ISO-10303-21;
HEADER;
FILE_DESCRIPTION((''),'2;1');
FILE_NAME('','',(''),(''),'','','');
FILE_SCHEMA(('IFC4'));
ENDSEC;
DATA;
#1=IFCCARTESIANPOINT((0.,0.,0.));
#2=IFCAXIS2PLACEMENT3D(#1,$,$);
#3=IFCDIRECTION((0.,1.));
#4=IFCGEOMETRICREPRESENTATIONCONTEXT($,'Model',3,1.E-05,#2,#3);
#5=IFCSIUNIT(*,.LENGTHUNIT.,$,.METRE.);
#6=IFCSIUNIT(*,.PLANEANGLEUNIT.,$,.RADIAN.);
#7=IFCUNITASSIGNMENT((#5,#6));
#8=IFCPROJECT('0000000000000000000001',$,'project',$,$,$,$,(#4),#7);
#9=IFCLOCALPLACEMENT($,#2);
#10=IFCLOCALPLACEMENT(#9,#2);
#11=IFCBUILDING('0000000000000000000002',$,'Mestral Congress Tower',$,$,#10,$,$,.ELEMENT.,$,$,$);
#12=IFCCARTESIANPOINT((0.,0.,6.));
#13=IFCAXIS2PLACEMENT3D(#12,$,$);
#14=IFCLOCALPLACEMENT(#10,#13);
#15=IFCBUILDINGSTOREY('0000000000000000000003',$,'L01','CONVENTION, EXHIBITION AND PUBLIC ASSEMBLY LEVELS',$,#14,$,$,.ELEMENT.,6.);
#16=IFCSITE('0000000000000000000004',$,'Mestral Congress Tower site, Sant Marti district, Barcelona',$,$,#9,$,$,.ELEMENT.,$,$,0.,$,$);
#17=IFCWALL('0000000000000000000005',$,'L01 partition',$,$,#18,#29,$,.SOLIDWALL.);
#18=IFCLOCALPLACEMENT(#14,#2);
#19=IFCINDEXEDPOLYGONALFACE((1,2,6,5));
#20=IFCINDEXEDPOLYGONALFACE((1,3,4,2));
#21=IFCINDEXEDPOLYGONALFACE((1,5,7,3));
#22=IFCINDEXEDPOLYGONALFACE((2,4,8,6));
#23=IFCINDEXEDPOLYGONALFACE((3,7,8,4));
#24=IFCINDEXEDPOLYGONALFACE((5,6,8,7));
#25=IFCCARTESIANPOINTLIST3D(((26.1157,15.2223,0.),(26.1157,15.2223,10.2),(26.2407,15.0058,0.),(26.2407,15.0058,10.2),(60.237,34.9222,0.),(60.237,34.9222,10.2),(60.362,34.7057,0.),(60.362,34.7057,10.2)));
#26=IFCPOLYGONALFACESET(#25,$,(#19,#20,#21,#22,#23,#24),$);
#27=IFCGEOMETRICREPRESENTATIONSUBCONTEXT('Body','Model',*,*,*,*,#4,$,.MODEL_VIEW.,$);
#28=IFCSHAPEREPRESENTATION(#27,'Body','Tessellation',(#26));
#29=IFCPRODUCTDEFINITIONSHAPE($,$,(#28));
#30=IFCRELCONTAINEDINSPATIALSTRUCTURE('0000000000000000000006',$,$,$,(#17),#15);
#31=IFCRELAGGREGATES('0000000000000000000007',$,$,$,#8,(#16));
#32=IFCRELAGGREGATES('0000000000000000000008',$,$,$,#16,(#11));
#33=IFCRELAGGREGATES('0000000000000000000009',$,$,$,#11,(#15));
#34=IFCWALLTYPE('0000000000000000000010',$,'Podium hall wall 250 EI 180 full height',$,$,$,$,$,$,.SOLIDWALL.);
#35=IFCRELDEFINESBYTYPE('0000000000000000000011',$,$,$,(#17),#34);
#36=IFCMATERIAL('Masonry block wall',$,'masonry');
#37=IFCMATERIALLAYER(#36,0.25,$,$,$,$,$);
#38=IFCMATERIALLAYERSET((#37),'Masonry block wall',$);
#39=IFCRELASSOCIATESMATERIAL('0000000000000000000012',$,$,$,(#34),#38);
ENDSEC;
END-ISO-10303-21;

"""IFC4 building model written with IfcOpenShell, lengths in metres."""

from ifc_helpers import new_model, si_unit, direction, frame, frame_2d, origin, place, context, subcontext, project, spatial, rectangle, extrude, material, layer, layer_set, type_object, element, save


model = new_model("IFC4")

# Units and contexts
model_context = context("Model", 3, precision=1e-05, world=origin(), true_north=direction((0.0, 1.0)))
body_context = subcontext(model_context, "Body", "Model", "MODEL_VIEW")
ifc_project = project(units=[si_unit("LENGTHUNIT", "METRE"), si_unit("PLANEANGLEUNIT", "RADIAN")], contexts=[model_context])

# Site, building, storey
site_placement = place(None, origin())
site = spatial("IfcSite", under=ifc_project, at=site_placement, Name="Mestral Congress Tower site, Sant Marti district, Barcelona", CompositionType="ELEMENT", RefElevation=0.0)
building_placement = place(site_placement, origin())
building = spatial("IfcBuilding", under=site, at=building_placement, Name="Mestral Congress Tower", CompositionType="ELEMENT")
storey_placement = place(building_placement, frame((0.0, 0.0, 6.0)))
storey = spatial("IfcBuildingStorey", under=building, at=storey_placement, Name="L01", Description="CONVENTION, EXHIBITION AND PUBLIC ASSEMBLY LEVELS", CompositionType="ELEMENT", Elevation=6.0)

# Wall
ifc_material_1 = material(Name="Masonry block wall", Category="masonry")
ifc_layer_1 = layer(ifc_material_1, 0.25)
ifc_layer_set_1 = layer_set([ifc_layer_1], Name="Masonry block wall")
wall_type_1 = type_object("IfcWallType", Name="Podium hall wall 250 EI 180 full height", PredefinedType="SOLIDWALL", material=ifc_layer_set_1)
wall_1_placement = place(storey_placement, frame((26.1782, 15.114, 0.0), z_axis=(0.0, 0.0, 1.0), x_axis=(0.866026, 0.5, 0.0)))
element("IfcWall", 1, at=wall_1_placement, inside=storey, type_object=wall_type_1, Name="L01 partition", PredefinedType="SOLIDWALL", context=body_context, shape_type="SweptSolid", body=[
    extrude(rectangle(XDim=39.3999, YDim=0.25, at=frame_2d((19.7, 0.0))), origin(), (0.0, 0.0, 1.0), 10.2),
])

save(model, "model.ifc")
